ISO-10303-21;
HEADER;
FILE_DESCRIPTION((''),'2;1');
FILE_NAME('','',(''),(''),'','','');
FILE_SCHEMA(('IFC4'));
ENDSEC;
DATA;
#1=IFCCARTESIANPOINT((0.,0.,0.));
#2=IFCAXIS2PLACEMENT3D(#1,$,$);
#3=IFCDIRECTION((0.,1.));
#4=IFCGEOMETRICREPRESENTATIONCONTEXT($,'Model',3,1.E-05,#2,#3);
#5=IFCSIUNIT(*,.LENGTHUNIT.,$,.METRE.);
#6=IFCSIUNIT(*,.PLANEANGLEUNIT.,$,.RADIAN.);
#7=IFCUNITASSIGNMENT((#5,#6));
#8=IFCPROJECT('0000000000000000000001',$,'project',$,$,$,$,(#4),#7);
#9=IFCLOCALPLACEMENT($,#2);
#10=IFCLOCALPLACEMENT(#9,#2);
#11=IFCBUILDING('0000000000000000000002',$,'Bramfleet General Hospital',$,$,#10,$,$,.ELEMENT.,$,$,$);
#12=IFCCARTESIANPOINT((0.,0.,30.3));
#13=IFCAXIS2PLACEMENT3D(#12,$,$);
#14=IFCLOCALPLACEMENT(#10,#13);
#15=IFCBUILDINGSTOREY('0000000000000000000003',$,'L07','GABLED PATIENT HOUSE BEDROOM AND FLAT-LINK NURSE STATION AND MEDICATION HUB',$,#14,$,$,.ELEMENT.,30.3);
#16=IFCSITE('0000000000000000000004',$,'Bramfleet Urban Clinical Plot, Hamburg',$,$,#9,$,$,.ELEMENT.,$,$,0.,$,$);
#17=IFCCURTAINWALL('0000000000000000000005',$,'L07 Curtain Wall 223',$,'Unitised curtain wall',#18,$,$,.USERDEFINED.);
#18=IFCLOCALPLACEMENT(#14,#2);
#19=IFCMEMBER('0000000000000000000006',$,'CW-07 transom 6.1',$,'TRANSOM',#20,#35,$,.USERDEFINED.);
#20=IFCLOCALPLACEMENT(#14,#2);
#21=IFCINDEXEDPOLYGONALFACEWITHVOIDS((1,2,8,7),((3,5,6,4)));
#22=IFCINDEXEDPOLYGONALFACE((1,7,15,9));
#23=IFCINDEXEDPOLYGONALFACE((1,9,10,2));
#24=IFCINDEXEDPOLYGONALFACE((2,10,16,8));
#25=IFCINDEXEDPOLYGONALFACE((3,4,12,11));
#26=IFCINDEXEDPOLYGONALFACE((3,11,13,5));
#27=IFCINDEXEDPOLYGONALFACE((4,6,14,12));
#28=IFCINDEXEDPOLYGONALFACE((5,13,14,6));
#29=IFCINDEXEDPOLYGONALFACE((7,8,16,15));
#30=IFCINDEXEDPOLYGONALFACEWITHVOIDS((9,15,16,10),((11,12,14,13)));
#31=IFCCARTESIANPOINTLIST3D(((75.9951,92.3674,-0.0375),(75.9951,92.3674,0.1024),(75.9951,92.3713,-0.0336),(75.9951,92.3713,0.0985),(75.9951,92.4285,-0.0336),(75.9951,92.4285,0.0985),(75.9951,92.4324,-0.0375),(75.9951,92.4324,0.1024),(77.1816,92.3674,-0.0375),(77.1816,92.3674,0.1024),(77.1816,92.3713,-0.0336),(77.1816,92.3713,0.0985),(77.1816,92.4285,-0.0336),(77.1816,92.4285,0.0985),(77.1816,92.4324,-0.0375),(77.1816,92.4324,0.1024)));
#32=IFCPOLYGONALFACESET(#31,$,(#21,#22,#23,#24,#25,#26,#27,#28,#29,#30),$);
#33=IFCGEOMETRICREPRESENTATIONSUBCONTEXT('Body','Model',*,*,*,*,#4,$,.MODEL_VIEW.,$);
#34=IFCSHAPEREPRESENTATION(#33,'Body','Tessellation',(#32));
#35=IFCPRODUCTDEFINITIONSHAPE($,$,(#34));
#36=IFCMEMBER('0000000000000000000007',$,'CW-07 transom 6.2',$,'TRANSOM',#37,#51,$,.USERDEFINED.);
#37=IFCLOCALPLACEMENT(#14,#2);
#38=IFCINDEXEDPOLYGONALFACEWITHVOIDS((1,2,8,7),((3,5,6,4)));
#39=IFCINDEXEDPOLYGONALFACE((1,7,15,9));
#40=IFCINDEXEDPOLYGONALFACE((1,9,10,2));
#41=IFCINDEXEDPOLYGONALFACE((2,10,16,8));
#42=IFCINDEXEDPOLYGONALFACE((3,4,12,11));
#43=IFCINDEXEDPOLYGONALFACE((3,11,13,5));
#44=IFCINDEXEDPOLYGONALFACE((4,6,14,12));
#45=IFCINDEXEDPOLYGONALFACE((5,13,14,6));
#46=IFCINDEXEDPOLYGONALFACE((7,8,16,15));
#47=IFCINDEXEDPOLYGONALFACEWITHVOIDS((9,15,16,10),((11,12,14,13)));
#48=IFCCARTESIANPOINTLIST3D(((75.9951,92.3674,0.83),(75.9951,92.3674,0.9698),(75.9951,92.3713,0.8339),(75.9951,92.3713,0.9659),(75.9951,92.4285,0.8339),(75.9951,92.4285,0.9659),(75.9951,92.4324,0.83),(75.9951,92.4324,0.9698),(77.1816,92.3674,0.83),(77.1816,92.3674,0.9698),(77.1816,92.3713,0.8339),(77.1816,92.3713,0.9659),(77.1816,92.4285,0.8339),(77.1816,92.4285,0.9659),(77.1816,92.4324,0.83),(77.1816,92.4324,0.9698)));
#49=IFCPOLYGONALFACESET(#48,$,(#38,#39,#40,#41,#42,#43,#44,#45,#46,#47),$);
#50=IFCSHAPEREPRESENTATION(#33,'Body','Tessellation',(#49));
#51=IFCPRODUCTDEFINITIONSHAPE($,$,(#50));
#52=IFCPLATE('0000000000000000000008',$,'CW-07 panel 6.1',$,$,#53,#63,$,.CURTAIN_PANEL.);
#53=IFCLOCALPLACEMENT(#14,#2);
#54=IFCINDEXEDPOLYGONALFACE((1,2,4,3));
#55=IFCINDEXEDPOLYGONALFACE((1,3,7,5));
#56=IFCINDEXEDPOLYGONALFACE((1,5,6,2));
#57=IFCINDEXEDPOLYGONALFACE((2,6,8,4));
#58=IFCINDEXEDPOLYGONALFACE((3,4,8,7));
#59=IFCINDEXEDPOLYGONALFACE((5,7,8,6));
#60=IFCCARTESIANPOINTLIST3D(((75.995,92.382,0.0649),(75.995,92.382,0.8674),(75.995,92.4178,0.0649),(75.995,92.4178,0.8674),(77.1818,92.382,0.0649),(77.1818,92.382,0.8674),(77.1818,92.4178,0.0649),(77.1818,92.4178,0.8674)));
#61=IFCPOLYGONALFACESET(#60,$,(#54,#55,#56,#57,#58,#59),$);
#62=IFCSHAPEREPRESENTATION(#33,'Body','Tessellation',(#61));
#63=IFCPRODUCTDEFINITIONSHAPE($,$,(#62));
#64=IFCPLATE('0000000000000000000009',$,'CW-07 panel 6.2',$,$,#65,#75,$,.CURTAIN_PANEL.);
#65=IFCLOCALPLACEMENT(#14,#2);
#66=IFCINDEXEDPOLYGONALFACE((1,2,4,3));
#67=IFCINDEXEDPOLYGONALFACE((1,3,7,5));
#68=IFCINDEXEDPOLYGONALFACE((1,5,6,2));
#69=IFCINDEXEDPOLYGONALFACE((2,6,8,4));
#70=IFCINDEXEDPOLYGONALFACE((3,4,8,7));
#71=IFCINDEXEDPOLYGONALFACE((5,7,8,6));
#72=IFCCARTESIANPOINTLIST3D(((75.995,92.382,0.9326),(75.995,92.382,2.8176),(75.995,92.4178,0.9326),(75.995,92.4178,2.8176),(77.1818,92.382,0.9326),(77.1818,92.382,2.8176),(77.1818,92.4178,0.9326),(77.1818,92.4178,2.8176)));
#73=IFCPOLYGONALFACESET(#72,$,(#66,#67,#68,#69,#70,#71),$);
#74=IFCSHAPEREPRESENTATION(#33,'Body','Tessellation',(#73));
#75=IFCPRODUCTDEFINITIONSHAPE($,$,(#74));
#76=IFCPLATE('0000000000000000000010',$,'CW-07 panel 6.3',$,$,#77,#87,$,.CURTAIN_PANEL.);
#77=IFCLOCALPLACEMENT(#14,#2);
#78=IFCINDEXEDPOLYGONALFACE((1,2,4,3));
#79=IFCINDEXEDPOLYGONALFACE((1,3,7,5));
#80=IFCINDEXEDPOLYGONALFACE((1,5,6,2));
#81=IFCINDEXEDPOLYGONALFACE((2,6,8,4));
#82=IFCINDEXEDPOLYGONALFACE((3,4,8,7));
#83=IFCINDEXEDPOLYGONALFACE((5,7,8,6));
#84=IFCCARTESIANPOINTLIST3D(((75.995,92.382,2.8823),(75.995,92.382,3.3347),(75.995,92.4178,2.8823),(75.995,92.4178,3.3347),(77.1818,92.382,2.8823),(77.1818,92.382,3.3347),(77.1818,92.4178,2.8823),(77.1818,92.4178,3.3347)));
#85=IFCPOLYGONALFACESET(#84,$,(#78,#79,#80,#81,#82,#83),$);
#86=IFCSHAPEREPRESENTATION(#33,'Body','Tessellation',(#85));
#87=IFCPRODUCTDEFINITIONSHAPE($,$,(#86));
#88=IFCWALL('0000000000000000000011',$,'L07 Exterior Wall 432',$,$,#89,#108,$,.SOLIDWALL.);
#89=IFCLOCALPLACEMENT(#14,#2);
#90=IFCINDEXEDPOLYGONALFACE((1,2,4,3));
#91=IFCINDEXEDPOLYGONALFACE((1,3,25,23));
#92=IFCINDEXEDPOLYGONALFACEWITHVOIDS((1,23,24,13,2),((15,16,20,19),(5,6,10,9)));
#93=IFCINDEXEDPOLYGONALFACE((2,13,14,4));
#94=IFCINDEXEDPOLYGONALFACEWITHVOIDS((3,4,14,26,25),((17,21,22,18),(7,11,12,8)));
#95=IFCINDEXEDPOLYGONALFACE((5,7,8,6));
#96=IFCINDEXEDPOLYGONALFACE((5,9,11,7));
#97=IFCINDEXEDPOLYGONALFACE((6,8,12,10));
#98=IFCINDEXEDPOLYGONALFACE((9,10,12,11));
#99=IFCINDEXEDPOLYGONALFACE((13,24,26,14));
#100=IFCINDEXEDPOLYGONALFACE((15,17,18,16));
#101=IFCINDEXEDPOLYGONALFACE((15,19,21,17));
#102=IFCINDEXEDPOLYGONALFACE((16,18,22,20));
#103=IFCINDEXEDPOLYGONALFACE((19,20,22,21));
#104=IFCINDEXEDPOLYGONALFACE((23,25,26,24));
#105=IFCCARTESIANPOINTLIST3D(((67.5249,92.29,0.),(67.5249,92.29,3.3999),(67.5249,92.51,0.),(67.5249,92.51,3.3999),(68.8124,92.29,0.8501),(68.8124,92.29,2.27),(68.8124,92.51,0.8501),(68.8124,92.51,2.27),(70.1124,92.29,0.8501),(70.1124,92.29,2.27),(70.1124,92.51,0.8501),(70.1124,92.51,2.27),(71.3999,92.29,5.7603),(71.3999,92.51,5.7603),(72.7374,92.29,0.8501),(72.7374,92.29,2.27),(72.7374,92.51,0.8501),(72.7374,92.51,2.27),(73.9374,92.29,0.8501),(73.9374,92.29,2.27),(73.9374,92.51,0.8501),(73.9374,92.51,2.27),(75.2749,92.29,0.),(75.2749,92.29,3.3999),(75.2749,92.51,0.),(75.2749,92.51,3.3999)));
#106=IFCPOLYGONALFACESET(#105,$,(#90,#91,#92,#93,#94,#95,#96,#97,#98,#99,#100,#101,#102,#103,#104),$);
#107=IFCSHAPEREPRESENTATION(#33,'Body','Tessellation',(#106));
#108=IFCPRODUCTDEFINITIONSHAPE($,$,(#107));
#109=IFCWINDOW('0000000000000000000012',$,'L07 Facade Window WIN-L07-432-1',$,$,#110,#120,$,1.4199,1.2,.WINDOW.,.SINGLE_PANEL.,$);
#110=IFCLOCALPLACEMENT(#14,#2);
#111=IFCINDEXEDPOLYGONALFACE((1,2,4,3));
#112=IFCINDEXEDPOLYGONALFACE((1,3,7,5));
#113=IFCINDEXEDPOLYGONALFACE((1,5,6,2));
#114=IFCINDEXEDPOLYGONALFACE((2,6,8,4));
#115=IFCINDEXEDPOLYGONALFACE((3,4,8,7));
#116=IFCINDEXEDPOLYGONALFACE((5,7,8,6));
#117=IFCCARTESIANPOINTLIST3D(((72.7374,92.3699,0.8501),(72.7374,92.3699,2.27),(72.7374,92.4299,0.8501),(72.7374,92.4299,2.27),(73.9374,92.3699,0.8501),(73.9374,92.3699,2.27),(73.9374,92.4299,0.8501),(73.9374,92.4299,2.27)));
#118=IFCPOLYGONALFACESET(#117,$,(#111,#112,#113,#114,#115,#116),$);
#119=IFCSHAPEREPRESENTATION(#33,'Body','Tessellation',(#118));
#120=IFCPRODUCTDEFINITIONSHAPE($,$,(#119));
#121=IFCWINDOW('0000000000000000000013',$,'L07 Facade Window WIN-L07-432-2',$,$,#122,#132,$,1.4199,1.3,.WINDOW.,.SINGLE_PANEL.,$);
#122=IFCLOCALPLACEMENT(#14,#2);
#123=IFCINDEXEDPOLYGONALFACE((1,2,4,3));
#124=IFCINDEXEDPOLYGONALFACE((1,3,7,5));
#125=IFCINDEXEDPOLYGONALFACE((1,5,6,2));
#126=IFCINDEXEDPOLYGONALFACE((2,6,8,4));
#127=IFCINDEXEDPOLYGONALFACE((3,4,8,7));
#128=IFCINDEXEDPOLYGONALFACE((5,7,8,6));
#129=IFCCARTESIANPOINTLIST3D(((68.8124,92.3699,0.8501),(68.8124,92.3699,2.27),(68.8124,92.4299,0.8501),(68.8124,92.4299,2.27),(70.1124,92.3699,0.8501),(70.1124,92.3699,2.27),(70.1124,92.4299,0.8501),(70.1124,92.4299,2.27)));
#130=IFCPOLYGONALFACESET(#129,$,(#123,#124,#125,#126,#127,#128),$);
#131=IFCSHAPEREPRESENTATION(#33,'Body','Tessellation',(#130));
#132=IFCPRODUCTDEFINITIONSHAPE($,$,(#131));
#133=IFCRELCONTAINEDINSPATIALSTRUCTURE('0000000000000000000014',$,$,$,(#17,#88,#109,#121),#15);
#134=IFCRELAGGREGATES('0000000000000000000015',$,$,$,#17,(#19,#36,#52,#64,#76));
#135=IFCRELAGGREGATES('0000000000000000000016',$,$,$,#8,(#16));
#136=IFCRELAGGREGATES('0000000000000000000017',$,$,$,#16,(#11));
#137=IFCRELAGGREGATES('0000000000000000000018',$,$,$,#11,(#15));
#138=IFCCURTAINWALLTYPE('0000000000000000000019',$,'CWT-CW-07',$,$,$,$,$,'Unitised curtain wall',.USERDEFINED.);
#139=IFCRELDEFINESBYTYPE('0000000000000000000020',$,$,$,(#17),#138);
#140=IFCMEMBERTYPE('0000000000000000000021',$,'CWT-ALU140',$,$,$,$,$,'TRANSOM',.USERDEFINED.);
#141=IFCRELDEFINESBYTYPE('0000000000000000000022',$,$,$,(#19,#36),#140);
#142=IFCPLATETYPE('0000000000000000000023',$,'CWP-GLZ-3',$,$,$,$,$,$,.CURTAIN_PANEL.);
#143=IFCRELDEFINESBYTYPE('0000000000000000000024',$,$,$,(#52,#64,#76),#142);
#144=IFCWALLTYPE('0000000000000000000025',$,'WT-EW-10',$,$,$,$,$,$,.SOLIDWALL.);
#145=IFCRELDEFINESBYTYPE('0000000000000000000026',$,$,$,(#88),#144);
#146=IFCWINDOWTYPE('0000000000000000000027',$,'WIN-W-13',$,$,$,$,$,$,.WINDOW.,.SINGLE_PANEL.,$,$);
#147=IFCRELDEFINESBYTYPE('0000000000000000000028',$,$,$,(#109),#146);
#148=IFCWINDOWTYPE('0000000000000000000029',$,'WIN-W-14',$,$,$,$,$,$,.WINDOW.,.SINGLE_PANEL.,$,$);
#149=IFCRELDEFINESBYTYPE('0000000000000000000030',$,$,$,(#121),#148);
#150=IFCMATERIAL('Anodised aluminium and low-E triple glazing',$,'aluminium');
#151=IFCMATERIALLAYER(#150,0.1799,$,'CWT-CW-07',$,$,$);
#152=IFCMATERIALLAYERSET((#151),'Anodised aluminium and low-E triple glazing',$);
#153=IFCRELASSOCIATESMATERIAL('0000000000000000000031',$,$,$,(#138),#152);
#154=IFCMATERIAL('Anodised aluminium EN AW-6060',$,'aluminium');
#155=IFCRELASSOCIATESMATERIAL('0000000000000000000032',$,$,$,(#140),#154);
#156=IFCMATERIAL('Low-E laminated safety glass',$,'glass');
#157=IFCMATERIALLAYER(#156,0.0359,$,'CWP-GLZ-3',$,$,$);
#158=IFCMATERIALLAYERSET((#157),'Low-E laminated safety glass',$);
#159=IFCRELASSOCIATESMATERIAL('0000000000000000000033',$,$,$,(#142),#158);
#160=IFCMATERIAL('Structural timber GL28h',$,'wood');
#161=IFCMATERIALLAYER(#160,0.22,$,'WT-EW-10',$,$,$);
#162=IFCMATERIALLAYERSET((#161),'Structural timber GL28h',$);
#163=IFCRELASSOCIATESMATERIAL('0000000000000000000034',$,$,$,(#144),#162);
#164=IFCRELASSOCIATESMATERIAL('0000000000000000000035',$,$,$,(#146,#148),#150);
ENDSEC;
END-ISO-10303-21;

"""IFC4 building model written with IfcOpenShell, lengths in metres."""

from ifc_helpers import new_model, si_unit, direction, frame, frame_2d, origin, origin_2d, place, context, subcontext, project, spatial, polyline, rectangle, hollow_rectangle, outline, extrude, material, layer, layer_set, material_profile, profile_set, type_object, element, fill, aggregate, save


model = new_model("IFC4")

# Units and contexts
model_context = context("Model", 3, precision=1e-05, world=origin(), true_north=direction((0.0, 1.0)))
body_context = subcontext(model_context, "Body", "Model", "MODEL_VIEW")
ifc_project = project(units=[si_unit("LENGTHUNIT", "METRE"), si_unit("PLANEANGLEUNIT", "RADIAN")], contexts=[model_context])

# Site, building, storey
site_placement = place(None, origin())
site = spatial("IfcSite", under=ifc_project, at=site_placement, Name="Bramfleet Urban Clinical Plot, Hamburg", CompositionType="ELEMENT", RefElevation=0.0)
building_placement = place(site_placement, origin())
building = spatial("IfcBuilding", under=site, at=building_placement, Name="Bramfleet General Hospital", CompositionType="ELEMENT")
storey_placement = place(building_placement, frame((0.0, 0.0, 30.3)))
storey = spatial("IfcBuildingStorey", under=building, at=storey_placement, Name="L07", Description="GABLED PATIENT HOUSE BEDROOM AND FLAT-LINK NURSE STATION AND MEDICATION HUB", CompositionType="ELEMENT", Elevation=30.3)

# Curtain wall, members, plates
ifc_material_1 = material(Name="Anodised aluminium and low-E triple glazing", Category="aluminium")
ifc_layer_1 = layer(ifc_material_1, 0.1799, Name="CWT-CW-07")
ifc_layer_set_1 = layer_set([ifc_layer_1], Name="Anodised aluminium and low-E triple glazing")
curtain_wall_type = type_object("IfcCurtainWallType", Name="CWT-CW-07", ElementType="Unitised curtain wall", PredefinedType="USERDEFINED", material=ifc_layer_set_1)
curtain_wall_placement = place(storey_placement, origin())
curtain_wall = element("IfcCurtainWall", 1, at=curtain_wall_placement, inside=storey, type_object=curtain_wall_type, Name="L07 Curtain Wall 223", ObjectType="Unitised curtain wall", PredefinedType="USERDEFINED")
ifc_material_2 = material(Name="Anodised aluminium EN AW-6060", Category="aluminium")
ifc_material_profile_1 = material_profile(ifc_material_2, hollow_rectangle(XDim=0.0649, YDim=0.1399, WallThickness=0.0039, at=origin_2d()), Name="ALU 140x65x4.0")
ifc_profile_set_1 = profile_set([ifc_material_profile_1], Name="Anodised aluminium EN AW-6060")
member_type_1 = type_object("IfcMemberType", Name="CWT-ALU140", ElementType="TRANSOM", PredefinedType="USERDEFINED", material=ifc_profile_set_1)
member_1_placement = place(storey_placement, frame((77.1816, 92.3999, 0.0325), z_axis=(-1.0, 0.0, 0.0), x_axis=(0.0, -1.0, 0.0)))
member_1 = element("IfcMember", 2, at=member_1_placement, type_object=member_type_1, Name="CW-07 transom 6.1", ObjectType="TRANSOM", PredefinedType="USERDEFINED", context=body_context, shape_type="SweptSolid", body=[
    extrude(hollow_rectangle(XDim=0.0649, YDim=0.1399, WallThickness=0.0039, at=origin_2d()), origin(), (0.0, 0.0, 1.0), 1.1865),
])
member_2_placement = place(storey_placement, frame((77.1816, 92.3999, 0.8999), z_axis=(-1.0, 0.0, 0.0), x_axis=(0.0, -1.0, 0.0)))
member_2 = element("IfcMember", 3, at=member_2_placement, type_object=member_type_1, Name="CW-07 transom 6.2", ObjectType="TRANSOM", PredefinedType="USERDEFINED", context=body_context, shape_type="SweptSolid", body=[
    extrude(hollow_rectangle(XDim=0.0649, YDim=0.1399, WallThickness=0.0039, at=origin_2d()), origin(), (0.0, 0.0, 1.0), 1.1865),
])
ifc_material_3 = material(Name="Low-E laminated safety glass", Category="glass")
ifc_layer_2 = layer(ifc_material_3, 0.0359, Name="CWP-GLZ-3")
ifc_layer_set_2 = layer_set([ifc_layer_2], Name="Low-E laminated safety glass")
plate_type = type_object("IfcPlateType", Name="CWP-GLZ-3", PredefinedType="CURTAIN_PANEL", material=ifc_layer_set_2)
plate_1_placement = place(storey_placement, frame((76.5884, 92.3999, 0.0649), z_axis=(0.0, 0.0, 1.0), x_axis=(-1.0, 0.0, 0.0)))
plate_1 = element("IfcPlate", 4, at=plate_1_placement, type_object=plate_type, Name="CW-07 panel 6.1", PredefinedType="CURTAIN_PANEL", context=body_context, shape_type="SweptSolid", body=[
    extrude(rectangle(XDim=1.1868, YDim=0.0359, at=origin_2d()), origin(), (0.0, 0.0, 1.0), 0.8025),
])
plate_2_placement = place(storey_placement, frame((76.5884, 92.3999, 0.9326), z_axis=(0.0, 0.0, 1.0), x_axis=(-1.0, 0.0, 0.0)))
plate_2 = element("IfcPlate", 5, at=plate_2_placement, type_object=plate_type, Name="CW-07 panel 6.2", PredefinedType="CURTAIN_PANEL", context=body_context, shape_type="SweptSolid", body=[
    extrude(rectangle(XDim=1.1868, YDim=0.0359, at=origin_2d()), origin(), (0.0, 0.0, 1.0), 1.885),
])
plate_3_placement = place(storey_placement, frame((76.5884, 92.3999, 2.8823), z_axis=(0.0, 0.0, 1.0), x_axis=(-1.0, 0.0, 0.0)))
plate_3 = element("IfcPlate", 6, at=plate_3_placement, type_object=plate_type, Name="CW-07 panel 6.3", PredefinedType="CURTAIN_PANEL", context=body_context, shape_type="SweptSolid", body=[
    extrude(rectangle(XDim=1.1868, YDim=0.0359, at=origin_2d()), origin(), (0.0, 0.0, 1.0), 0.4524),
])
aggregate(curtain_wall, [member_1, member_2, plate_1, plate_2, plate_3])

# Wall, openings, windows
ifc_material_4 = material(Name="Structural timber GL28h", Category="wood")
ifc_layer_3 = layer(ifc_material_4, 0.22, Name="WT-EW-10")
ifc_layer_set_3 = layer_set([ifc_layer_3], Name="Structural timber GL28h")
wall_type_1 = type_object("IfcWallType", Name="WT-EW-10", PredefinedType="SOLIDWALL", material=ifc_layer_set_3)
wall_1_placement = place(storey_placement, frame((75.2749, 92.3999, 0.0), z_axis=(0.0, 0.0, 1.0), x_axis=(-1.0, 0.0, 0.0)))
wall_1 = element("IfcWall", 7, at=wall_1_placement, inside=storey, type_object=wall_type_1, Name="L07 Exterior Wall 432", PredefinedType="SOLIDWALL", context=body_context, shape_type="SweptSolid", body=[
    extrude(outline(polyline([(0.0, 0.0), (7.75, 0.0), (7.75, 3.3999), (3.875, 5.7603), (0.0, 3.3999), (0.0, 0.0)])), frame((0.0, 0.1099, 0.0), z_axis=(0.0, -1.0, 0.0), x_axis=(1.0, 0.0, 0.0)), (0.0, 0.0, 1.0), 0.22),
])
opening_1_placement = place(wall_1_placement, frame((1.3374, 0.0, 0.8501)))
opening_1 = element("IfcOpeningElement", 8, at=opening_1_placement, cuts=wall_1, PredefinedType="OPENING", context=body_context, shape_type="SweptSolid", body=[
    extrude(rectangle(XDim=1.2, YDim=1.4199, at=frame_2d((0.6001, 0.71))), frame((0.0, 0.1199, 0.0), z_axis=(0.0, -1.0, 0.0), x_axis=(1.0, 0.0, 0.0)), (0.0, 0.0, 1.0), 0.24),
])
opening_2_placement = place(wall_1_placement, frame((5.1626, 0.0, 0.8501)))
opening_2 = element("IfcOpeningElement", 9, at=opening_2_placement, cuts=wall_1, PredefinedType="OPENING", context=body_context, shape_type="SweptSolid", body=[
    extrude(rectangle(XDim=1.3, YDim=1.4199, at=frame_2d((0.6499, 0.71))), frame((0.0, 0.1199, 0.0), z_axis=(0.0, -1.0, 0.0), x_axis=(1.0, 0.0, 0.0)), (0.0, 0.0, 1.0), 0.24),
])
window_type_1 = type_object("IfcWindowType", Name="WIN-W-13", PartitioningType="SINGLE_PANEL", PredefinedType="WINDOW", material=ifc_material_1)
window_1_placement = place(opening_1_placement, origin())
window_1 = element("IfcWindow", 10, at=window_1_placement, inside=storey, type_object=window_type_1, Name="L07 Facade Window WIN-L07-432-1", OverallHeight=1.4199, OverallWidth=1.2, PartitioningType="SINGLE_PANEL", PredefinedType="WINDOW", context=body_context, shape_type="SweptSolid", body=[
    extrude(rectangle(XDim=1.2, YDim=1.4199, at=frame_2d((0.6001, 0.71))), frame((0.0, 0.03, 0.0), z_axis=(0.0, -1.0, 0.0), x_axis=(1.0, 0.0, 0.0)), (0.0, 0.0, 1.0), 0.0601),
])
fill(opening_1, window_1)
window_type_2 = type_object("IfcWindowType", Name="WIN-W-14", PartitioningType="SINGLE_PANEL", PredefinedType="WINDOW", material=ifc_material_1)
window_2_placement = place(opening_2_placement, origin())
window_2 = element("IfcWindow", 11, at=window_2_placement, inside=storey, type_object=window_type_2, Name="L07 Facade Window WIN-L07-432-2", OverallHeight=1.4199, OverallWidth=1.3, PartitioningType="SINGLE_PANEL", PredefinedType="WINDOW", context=body_context, shape_type="SweptSolid", body=[
    extrude(rectangle(XDim=1.3, YDim=1.4199, at=frame_2d((0.6499, 0.71))), frame((0.0, 0.03, 0.0), z_axis=(0.0, -1.0, 0.0), x_axis=(1.0, 0.0, 0.0)), (0.0, 0.0, 1.0), 0.0601),
])
fill(opening_2, window_2)

save(model, "model.ifc")
